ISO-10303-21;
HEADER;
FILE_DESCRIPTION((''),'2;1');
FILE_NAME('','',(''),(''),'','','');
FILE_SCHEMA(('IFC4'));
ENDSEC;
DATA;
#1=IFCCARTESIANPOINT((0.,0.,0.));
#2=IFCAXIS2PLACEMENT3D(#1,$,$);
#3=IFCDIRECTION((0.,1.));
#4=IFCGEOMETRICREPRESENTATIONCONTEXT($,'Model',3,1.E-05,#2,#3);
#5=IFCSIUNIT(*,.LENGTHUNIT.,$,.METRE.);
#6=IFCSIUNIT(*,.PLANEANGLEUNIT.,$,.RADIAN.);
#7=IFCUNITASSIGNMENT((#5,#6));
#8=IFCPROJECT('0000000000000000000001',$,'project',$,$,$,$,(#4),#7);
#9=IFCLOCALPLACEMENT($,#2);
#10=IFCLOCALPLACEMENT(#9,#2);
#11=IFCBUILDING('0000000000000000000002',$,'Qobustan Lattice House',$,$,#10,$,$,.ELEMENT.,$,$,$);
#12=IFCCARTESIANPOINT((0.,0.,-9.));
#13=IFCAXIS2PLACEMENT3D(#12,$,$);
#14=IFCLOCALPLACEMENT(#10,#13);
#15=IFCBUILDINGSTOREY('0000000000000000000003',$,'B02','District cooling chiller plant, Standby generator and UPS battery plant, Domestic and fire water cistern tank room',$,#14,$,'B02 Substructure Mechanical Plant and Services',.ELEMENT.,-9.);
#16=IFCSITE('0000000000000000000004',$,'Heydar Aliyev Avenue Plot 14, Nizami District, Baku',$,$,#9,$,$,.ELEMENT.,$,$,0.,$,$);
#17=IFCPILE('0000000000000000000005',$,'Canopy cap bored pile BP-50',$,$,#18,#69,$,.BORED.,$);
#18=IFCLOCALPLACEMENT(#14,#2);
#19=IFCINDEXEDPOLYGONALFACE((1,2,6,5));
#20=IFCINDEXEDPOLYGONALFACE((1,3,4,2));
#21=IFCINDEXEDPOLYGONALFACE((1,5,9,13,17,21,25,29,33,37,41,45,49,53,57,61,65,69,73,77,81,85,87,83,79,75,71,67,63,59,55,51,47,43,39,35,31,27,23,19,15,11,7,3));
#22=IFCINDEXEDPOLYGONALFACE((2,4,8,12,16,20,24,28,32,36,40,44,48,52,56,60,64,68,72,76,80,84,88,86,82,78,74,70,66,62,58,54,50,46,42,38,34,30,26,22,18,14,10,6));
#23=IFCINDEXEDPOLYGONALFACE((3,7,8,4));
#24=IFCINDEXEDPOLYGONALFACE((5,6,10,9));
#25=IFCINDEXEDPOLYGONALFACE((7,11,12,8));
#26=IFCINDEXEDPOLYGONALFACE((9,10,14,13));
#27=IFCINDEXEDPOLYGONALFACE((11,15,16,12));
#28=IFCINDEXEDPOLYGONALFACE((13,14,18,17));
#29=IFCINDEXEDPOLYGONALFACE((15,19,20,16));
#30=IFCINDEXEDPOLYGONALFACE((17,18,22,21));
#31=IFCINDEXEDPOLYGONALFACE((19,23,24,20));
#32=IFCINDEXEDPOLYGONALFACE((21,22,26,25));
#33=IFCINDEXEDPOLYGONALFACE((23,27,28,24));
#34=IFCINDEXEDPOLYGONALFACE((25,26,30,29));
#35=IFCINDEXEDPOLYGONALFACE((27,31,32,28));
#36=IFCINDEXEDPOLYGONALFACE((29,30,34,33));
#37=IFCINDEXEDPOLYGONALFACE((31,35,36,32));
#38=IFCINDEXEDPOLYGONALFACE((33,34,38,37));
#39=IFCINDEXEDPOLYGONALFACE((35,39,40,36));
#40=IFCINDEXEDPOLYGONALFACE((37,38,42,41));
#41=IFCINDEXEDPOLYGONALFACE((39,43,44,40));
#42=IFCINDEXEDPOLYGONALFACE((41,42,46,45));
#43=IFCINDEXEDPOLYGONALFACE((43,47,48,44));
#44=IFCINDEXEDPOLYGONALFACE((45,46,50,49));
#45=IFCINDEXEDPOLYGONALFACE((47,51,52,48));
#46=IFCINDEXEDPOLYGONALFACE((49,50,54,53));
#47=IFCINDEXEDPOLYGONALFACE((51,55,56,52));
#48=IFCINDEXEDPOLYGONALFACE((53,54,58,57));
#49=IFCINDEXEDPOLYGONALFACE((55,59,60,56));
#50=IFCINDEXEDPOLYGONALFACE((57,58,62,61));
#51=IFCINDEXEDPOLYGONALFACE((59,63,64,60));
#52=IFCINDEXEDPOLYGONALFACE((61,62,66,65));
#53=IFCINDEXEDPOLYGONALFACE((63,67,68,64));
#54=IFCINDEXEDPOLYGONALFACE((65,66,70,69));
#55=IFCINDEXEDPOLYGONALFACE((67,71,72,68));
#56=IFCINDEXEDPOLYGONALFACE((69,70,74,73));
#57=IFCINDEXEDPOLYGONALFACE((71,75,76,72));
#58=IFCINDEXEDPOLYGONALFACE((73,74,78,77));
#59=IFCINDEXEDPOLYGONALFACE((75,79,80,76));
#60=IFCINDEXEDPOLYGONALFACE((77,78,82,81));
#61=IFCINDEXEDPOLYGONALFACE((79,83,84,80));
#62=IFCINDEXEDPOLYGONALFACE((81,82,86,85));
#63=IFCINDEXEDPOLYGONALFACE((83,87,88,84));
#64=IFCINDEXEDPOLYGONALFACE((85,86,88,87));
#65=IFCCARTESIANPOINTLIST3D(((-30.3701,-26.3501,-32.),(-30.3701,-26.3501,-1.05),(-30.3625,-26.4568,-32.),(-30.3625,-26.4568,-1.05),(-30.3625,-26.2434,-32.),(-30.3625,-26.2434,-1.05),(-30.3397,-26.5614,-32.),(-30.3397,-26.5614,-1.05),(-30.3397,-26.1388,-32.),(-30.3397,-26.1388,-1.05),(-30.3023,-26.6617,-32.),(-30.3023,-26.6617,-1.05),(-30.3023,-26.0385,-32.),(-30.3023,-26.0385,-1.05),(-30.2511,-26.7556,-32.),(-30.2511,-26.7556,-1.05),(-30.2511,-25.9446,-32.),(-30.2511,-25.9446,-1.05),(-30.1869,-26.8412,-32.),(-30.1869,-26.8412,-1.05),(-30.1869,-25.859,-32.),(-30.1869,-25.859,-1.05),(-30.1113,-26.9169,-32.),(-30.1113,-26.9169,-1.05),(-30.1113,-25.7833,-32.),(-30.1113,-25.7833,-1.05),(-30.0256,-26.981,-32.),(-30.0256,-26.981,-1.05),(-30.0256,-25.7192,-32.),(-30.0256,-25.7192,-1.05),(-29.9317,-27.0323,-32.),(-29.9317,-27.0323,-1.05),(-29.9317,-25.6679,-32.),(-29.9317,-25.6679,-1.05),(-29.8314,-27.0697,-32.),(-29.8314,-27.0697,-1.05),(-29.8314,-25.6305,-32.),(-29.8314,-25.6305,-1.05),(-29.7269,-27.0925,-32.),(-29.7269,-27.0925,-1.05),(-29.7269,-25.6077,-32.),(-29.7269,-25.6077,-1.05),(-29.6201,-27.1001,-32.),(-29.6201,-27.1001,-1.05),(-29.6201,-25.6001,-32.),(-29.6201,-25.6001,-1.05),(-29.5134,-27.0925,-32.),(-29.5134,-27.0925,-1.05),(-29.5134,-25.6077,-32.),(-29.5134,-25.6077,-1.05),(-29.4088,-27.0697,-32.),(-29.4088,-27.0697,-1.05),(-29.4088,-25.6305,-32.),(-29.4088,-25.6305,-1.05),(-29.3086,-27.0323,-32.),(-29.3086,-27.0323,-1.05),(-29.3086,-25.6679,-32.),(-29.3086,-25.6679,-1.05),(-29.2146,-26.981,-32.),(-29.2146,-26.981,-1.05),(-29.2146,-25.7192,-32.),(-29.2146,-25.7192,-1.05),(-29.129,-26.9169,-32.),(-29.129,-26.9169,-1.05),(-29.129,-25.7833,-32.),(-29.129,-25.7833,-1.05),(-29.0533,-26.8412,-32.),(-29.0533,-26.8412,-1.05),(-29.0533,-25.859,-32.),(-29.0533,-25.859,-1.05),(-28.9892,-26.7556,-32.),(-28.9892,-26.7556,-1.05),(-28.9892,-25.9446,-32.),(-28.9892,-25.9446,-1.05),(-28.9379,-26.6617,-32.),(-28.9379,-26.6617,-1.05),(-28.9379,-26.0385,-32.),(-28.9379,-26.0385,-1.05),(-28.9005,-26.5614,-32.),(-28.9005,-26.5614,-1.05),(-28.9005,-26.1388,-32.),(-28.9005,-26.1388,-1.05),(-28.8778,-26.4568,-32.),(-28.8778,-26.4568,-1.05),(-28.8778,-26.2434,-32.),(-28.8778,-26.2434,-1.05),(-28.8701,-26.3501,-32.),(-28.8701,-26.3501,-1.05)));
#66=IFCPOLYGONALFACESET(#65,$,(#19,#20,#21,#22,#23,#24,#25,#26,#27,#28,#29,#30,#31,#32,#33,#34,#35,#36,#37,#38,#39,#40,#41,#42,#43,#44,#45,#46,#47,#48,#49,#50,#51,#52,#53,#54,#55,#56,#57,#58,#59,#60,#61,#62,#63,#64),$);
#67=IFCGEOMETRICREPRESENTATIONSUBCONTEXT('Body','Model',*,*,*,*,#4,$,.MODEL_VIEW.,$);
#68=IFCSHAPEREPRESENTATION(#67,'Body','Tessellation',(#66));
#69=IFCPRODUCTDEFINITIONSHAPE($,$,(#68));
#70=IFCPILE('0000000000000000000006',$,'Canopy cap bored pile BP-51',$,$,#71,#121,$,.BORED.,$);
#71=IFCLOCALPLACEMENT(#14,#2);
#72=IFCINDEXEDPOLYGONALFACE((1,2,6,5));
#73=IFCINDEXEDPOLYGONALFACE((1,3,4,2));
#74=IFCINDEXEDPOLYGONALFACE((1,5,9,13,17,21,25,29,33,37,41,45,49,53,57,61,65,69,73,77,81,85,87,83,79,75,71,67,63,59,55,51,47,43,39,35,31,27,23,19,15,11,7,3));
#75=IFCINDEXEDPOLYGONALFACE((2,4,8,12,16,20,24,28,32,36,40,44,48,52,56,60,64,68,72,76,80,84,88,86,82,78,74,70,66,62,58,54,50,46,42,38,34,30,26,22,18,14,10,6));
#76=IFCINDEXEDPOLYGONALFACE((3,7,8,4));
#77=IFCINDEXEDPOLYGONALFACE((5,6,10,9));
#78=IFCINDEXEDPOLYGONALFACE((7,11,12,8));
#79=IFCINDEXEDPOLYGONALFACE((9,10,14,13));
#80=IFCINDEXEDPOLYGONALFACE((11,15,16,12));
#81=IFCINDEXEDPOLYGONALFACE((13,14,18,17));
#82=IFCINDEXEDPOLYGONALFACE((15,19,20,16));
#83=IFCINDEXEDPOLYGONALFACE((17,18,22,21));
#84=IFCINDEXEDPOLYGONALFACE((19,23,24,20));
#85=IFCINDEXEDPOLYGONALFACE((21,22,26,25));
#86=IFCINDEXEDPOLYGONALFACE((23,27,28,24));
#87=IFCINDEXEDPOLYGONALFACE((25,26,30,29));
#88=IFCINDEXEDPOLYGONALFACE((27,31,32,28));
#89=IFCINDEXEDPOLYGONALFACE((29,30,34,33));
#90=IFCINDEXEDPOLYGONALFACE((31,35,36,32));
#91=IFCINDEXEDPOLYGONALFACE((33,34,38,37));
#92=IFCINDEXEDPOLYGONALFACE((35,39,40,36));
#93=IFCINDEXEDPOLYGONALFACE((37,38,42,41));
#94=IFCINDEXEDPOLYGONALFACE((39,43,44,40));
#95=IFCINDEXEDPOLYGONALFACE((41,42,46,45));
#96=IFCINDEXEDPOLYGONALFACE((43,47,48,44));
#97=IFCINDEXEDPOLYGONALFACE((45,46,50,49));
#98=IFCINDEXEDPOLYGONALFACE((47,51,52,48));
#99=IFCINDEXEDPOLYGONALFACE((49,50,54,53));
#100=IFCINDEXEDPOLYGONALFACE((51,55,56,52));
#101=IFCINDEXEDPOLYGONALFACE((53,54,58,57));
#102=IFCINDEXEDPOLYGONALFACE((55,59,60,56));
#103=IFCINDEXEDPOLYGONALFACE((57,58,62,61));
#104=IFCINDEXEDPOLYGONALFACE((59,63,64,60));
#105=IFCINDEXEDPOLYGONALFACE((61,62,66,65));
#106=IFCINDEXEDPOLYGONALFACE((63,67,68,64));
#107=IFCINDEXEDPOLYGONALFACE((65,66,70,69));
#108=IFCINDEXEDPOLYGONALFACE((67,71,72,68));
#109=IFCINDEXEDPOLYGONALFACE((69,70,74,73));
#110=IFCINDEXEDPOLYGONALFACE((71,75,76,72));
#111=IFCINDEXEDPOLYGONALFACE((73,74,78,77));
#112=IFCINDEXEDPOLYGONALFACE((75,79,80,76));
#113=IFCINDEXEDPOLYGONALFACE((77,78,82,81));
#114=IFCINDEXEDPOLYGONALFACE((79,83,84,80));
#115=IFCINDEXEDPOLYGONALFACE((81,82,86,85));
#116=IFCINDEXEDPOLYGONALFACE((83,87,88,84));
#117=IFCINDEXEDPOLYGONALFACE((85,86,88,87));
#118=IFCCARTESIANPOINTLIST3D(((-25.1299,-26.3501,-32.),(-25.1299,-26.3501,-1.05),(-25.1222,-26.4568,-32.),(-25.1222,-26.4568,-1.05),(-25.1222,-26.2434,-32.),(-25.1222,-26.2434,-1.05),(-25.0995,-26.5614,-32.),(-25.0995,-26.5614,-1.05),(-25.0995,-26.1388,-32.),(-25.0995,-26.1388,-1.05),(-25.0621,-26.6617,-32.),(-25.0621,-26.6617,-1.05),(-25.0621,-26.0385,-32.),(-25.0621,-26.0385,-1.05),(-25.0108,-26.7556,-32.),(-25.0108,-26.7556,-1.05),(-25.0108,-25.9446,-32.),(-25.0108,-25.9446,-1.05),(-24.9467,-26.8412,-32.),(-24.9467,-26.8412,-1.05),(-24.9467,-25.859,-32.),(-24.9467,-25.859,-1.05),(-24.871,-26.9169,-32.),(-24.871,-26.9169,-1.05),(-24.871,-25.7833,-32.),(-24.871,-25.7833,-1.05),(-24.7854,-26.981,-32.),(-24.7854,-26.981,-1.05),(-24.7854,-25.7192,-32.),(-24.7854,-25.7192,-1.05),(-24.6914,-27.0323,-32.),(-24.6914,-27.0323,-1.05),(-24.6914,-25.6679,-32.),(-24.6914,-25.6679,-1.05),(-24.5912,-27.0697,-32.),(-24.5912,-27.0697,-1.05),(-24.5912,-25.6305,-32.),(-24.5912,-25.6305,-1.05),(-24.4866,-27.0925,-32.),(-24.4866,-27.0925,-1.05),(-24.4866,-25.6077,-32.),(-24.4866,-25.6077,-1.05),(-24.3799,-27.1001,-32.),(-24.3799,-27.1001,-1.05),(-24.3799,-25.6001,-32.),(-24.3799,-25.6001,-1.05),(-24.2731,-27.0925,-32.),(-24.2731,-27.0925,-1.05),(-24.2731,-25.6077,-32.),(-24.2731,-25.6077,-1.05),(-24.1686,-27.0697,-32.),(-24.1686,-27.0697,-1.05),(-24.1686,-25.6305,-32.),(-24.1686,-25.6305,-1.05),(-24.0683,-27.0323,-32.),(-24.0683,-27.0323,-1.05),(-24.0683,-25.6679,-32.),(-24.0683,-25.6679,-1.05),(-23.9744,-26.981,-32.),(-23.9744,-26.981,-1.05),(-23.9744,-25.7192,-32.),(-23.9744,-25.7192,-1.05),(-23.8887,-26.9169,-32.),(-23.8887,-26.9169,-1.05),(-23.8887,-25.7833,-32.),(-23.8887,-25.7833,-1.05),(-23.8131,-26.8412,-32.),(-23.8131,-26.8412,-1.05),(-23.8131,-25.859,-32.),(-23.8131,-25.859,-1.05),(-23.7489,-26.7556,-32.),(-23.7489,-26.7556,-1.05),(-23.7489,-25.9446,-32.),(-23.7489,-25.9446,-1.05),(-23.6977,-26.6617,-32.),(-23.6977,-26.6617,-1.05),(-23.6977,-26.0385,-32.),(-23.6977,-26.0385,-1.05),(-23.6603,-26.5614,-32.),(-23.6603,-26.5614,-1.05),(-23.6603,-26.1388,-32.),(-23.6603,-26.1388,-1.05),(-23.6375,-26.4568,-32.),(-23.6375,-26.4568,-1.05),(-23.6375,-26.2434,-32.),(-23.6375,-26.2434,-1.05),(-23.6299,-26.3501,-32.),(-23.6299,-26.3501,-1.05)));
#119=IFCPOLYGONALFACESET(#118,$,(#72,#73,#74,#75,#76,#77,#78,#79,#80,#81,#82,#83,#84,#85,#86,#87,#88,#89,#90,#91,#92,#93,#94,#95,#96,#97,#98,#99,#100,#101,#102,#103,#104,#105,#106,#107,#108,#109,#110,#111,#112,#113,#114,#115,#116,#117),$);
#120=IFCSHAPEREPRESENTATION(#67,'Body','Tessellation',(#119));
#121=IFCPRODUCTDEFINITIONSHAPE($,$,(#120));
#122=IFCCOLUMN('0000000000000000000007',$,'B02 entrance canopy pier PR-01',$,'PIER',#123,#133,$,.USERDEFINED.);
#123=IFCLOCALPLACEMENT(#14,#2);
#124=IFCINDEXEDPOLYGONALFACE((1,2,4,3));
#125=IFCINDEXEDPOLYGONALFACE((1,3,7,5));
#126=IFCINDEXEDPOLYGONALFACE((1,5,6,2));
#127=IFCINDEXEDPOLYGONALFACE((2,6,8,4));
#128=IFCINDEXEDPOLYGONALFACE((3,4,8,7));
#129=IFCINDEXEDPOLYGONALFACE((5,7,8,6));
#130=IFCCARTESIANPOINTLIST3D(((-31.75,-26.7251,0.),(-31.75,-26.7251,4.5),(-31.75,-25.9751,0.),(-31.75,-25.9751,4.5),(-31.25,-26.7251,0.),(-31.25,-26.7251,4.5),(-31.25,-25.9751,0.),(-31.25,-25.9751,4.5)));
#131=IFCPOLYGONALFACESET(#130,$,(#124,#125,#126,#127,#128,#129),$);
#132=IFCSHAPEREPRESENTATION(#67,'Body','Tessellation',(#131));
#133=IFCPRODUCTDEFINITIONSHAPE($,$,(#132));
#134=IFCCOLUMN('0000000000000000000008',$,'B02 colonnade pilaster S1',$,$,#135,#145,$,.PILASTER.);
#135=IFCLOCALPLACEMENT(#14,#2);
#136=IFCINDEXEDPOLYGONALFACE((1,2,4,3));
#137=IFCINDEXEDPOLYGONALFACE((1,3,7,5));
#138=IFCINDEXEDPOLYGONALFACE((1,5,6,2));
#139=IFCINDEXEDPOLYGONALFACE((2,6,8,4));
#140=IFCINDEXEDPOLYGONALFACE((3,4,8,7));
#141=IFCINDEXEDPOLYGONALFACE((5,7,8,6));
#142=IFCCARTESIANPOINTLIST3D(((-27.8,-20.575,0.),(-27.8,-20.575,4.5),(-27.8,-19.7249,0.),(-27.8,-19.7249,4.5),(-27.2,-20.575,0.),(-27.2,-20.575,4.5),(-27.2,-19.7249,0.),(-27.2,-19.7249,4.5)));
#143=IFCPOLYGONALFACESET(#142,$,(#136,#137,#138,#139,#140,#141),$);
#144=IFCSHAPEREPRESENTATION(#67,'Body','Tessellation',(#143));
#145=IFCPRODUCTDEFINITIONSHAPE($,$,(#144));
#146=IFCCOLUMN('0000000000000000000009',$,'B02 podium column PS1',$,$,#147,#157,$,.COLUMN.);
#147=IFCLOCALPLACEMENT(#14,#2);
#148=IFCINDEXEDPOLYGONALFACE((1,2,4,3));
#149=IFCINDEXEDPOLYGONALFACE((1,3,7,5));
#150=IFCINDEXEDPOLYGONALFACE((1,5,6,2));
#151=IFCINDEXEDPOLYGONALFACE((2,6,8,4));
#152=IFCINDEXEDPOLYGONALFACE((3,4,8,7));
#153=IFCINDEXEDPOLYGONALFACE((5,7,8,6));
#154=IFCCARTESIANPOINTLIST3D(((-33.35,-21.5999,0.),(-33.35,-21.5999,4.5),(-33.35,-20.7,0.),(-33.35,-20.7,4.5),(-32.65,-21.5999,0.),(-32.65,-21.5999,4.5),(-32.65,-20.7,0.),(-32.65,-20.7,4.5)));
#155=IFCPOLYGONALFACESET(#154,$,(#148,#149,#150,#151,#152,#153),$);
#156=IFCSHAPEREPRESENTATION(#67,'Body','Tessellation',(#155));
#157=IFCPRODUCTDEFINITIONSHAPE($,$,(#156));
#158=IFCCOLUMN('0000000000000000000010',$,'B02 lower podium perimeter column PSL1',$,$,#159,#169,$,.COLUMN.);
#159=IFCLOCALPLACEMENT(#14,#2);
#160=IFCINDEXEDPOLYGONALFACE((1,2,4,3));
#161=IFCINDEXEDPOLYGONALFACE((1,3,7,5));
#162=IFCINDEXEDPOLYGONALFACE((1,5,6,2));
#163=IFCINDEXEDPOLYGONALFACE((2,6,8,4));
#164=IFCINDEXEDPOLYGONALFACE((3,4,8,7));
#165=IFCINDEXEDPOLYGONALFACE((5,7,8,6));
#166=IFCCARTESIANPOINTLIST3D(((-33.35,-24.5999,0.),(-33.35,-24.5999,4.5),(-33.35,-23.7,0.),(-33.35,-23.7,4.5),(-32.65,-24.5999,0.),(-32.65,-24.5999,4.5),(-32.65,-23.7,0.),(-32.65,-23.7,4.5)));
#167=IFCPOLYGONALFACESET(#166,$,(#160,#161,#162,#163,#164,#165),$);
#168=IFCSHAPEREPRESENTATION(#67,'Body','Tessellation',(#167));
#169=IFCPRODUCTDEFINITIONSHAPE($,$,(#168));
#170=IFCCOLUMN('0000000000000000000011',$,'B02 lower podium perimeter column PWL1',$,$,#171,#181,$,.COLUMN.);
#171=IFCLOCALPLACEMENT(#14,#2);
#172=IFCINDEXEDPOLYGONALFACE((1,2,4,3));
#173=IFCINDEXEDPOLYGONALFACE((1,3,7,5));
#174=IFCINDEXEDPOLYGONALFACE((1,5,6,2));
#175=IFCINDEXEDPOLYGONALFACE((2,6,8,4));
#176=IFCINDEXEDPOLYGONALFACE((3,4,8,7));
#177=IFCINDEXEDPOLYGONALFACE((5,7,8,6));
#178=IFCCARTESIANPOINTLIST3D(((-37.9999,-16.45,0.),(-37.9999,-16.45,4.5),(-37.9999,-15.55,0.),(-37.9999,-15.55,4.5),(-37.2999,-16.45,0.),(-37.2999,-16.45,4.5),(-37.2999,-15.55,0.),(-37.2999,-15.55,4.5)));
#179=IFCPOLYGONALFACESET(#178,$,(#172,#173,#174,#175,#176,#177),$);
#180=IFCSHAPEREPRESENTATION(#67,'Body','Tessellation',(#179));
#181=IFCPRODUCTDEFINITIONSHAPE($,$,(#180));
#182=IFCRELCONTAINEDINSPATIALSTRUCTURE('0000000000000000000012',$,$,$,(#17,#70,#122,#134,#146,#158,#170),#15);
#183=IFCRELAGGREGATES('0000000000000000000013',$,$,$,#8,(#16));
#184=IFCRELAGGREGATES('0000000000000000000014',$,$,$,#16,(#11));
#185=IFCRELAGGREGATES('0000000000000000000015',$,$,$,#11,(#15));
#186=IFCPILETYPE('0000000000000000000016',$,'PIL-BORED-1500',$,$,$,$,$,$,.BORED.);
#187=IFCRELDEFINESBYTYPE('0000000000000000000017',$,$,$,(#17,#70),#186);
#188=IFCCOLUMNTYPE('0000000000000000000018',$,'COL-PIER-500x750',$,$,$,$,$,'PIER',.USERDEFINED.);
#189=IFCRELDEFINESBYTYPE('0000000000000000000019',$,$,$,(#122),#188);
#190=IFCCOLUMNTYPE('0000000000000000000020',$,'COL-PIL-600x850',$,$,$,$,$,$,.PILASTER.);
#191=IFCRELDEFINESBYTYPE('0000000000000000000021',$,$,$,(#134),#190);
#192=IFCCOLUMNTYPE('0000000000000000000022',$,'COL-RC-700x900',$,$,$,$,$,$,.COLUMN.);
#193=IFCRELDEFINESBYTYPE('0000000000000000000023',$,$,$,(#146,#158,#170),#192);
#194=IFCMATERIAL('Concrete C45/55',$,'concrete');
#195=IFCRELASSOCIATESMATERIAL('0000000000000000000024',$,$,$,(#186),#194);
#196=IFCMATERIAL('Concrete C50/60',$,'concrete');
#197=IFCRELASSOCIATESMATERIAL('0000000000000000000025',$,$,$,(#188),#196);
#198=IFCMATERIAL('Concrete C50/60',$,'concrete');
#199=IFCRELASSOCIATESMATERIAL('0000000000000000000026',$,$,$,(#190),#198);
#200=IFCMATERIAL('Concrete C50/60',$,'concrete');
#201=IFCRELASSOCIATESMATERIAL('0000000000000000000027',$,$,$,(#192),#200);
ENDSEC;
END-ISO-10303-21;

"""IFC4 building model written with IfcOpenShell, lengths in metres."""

from ifc_helpers import new_model, si_unit, direction, frame, origin, origin_2d, place, context, subcontext, project, spatial, rectangle, circle, extrude, material, material_profile, profile_set, type_object, element, save


model = new_model("IFC4")

# Units and contexts
model_context = context("Model", 3, precision=1e-05, world=origin(), true_north=direction((0.0, 1.0)))
body_context = subcontext(model_context, "Body", "Model", "MODEL_VIEW")
ifc_project = project(units=[si_unit("LENGTHUNIT", "METRE"), si_unit("PLANEANGLEUNIT", "RADIAN")], contexts=[model_context])

# Site, building, storey
site_placement = place(None, origin())
site = spatial("IfcSite", under=ifc_project, at=site_placement, Name="Heydar Aliyev Avenue Plot 14, Nizami District, Baku", CompositionType="ELEMENT", RefElevation=0.0)
building_placement = place(site_placement, origin())
building = spatial("IfcBuilding", under=site, at=building_placement, Name="Qobustan Lattice House", CompositionType="ELEMENT")
storey_placement = place(building_placement, frame((0.0, 0.0, -9.0)))
storey = spatial("IfcBuildingStorey", under=building, at=storey_placement, Name="B02", Description="District cooling chiller plant, Standby generator and UPS battery plant, Domestic and fire water cistern tank room", LongName="B02 Substructure Mechanical Plant and Services", CompositionType="ELEMENT", Elevation=-9.0)

# Piles
ifc_material_1 = material(Name="Concrete C45/55", Category="concrete")
ifc_material_profile_1 = material_profile(ifc_material_1, circle(Radius=0.75, at=origin_2d()), Name="PILE-D1500")
ifc_profile_set_1 = profile_set([ifc_material_profile_1], Name="Concrete C45/55")
pile_type = type_object("IfcPileType", Name="PIL-BORED-1500", PredefinedType="BORED", material=ifc_profile_set_1)
for number, where, z_axis, x_axis, name in (
    (1, (-29.6201, -26.3501, -1.05), (0.0, 0.0, -1.0), (1.0, 0.0, 0.0), "Canopy cap bored pile BP-50"),
    (2, (-24.3799, -26.3501, -1.05), (0.0, 0.0, -1.0), (1.0, 0.0, 0.0), "Canopy cap bored pile BP-51"),
):
    element("IfcPile", number, at=place(storey_placement, frame(where, z_axis=z_axis, x_axis=x_axis)), inside=storey, type_object=pile_type, Name=name, PredefinedType="BORED", context=body_context, shape_type="SweptSolid", body=[
        extrude(circle(Radius=0.75, at=origin_2d()), origin(), (0.0, 0.0, 1.0), 30.95),
    ])

# Columns
ifc_material_2 = material(Name="Concrete C50/60", Category="concrete")
ifc_material_profile_2 = material_profile(ifc_material_2, rectangle(XDim=0.5, YDim=0.75, at=origin_2d()), Name="RC500x750")
ifc_profile_set_2 = profile_set([ifc_material_profile_2], Name="Concrete C50/60")
column_type_1 = type_object("IfcColumnType", Name="COL-PIER-500x750", ElementType="PIER", PredefinedType="USERDEFINED", material=ifc_profile_set_2)
column_1_placement = place(storey_placement, frame((-31.5, -26.3501, 0.0), z_axis=(0.0, 0.0, 1.0), x_axis=(1.0, 0.0, 0.0)))
element("IfcColumn", 3, at=column_1_placement, inside=storey, type_object=column_type_1, Name="B02 entrance canopy pier PR-01", ObjectType="PIER", PredefinedType="USERDEFINED", context=body_context, shape_type="SweptSolid", body=[
    extrude(rectangle(XDim=0.5, YDim=0.75, at=origin_2d()), origin(), (0.0, 0.0, 1.0), 4.5),
])
ifc_material_3 = material(Name="Concrete C50/60", Category="concrete")
ifc_material_profile_3 = material_profile(ifc_material_3, rectangle(XDim=0.6001, YDim=0.8501, at=origin_2d()), Name="RC600x850")
ifc_profile_set_3 = profile_set([ifc_material_profile_3], Name="Concrete C50/60")
column_type_2 = type_object("IfcColumnType", Name="COL-PIL-600x850", PredefinedType="PILASTER", material=ifc_profile_set_3)
column_2_placement = place(storey_placement, frame((-27.5, -20.1499, 0.0), z_axis=(0.0, 0.0, 1.0), x_axis=(1.0, 0.0, 0.0)))
element("IfcColumn", 4, at=column_2_placement, inside=storey, type_object=column_type_2, Name="B02 colonnade pilaster S1", PredefinedType="PILASTER", context=body_context, shape_type="SweptSolid", body=[
    extrude(rectangle(XDim=0.6001, YDim=0.8501, at=origin_2d()), origin(), (0.0, 0.0, 1.0), 4.5),
])
ifc_material_4 = material(Name="Concrete C50/60", Category="concrete")
ifc_material_profile_4 = material_profile(ifc_material_4, rectangle(XDim=0.7, YDim=0.8999, at=origin_2d()), Name="RC700x900")
ifc_profile_set_4 = profile_set([ifc_material_profile_4], Name="Concrete C50/60")
column_type_3 = type_object("IfcColumnType", Name="COL-RC-700x900", PredefinedType="COLUMN", material=ifc_profile_set_4)
for number, where, z_axis, x_axis, name in (
    (5, (-33.0, -21.1499, 0.0), (0.0, 0.0, 1.0), (1.0, 0.0, 0.0), "B02 podium column PS1"),
    (6, (-33.0, -24.1499, 0.0), (0.0, 0.0, 1.0), (1.0, 0.0, 0.0), "B02 lower podium perimeter column PSL1"),
    (7, (-37.6499, -16.0, 0.0), (0.0, 0.0, 1.0), (1.0, 0.0, 0.0), "B02 lower podium perimeter column PWL1"),
):
    element("IfcColumn", number, at=place(storey_placement, frame(where, z_axis=z_axis, x_axis=x_axis)), inside=storey, type_object=column_type_3, Name=name, PredefinedType="COLUMN", context=body_context, shape_type="SweptSolid", body=[
        extrude(rectangle(XDim=0.7, YDim=0.8999, at=origin_2d()), origin(), (0.0, 0.0, 1.0), 4.5),
    ])

save(model, "model.ifc")
